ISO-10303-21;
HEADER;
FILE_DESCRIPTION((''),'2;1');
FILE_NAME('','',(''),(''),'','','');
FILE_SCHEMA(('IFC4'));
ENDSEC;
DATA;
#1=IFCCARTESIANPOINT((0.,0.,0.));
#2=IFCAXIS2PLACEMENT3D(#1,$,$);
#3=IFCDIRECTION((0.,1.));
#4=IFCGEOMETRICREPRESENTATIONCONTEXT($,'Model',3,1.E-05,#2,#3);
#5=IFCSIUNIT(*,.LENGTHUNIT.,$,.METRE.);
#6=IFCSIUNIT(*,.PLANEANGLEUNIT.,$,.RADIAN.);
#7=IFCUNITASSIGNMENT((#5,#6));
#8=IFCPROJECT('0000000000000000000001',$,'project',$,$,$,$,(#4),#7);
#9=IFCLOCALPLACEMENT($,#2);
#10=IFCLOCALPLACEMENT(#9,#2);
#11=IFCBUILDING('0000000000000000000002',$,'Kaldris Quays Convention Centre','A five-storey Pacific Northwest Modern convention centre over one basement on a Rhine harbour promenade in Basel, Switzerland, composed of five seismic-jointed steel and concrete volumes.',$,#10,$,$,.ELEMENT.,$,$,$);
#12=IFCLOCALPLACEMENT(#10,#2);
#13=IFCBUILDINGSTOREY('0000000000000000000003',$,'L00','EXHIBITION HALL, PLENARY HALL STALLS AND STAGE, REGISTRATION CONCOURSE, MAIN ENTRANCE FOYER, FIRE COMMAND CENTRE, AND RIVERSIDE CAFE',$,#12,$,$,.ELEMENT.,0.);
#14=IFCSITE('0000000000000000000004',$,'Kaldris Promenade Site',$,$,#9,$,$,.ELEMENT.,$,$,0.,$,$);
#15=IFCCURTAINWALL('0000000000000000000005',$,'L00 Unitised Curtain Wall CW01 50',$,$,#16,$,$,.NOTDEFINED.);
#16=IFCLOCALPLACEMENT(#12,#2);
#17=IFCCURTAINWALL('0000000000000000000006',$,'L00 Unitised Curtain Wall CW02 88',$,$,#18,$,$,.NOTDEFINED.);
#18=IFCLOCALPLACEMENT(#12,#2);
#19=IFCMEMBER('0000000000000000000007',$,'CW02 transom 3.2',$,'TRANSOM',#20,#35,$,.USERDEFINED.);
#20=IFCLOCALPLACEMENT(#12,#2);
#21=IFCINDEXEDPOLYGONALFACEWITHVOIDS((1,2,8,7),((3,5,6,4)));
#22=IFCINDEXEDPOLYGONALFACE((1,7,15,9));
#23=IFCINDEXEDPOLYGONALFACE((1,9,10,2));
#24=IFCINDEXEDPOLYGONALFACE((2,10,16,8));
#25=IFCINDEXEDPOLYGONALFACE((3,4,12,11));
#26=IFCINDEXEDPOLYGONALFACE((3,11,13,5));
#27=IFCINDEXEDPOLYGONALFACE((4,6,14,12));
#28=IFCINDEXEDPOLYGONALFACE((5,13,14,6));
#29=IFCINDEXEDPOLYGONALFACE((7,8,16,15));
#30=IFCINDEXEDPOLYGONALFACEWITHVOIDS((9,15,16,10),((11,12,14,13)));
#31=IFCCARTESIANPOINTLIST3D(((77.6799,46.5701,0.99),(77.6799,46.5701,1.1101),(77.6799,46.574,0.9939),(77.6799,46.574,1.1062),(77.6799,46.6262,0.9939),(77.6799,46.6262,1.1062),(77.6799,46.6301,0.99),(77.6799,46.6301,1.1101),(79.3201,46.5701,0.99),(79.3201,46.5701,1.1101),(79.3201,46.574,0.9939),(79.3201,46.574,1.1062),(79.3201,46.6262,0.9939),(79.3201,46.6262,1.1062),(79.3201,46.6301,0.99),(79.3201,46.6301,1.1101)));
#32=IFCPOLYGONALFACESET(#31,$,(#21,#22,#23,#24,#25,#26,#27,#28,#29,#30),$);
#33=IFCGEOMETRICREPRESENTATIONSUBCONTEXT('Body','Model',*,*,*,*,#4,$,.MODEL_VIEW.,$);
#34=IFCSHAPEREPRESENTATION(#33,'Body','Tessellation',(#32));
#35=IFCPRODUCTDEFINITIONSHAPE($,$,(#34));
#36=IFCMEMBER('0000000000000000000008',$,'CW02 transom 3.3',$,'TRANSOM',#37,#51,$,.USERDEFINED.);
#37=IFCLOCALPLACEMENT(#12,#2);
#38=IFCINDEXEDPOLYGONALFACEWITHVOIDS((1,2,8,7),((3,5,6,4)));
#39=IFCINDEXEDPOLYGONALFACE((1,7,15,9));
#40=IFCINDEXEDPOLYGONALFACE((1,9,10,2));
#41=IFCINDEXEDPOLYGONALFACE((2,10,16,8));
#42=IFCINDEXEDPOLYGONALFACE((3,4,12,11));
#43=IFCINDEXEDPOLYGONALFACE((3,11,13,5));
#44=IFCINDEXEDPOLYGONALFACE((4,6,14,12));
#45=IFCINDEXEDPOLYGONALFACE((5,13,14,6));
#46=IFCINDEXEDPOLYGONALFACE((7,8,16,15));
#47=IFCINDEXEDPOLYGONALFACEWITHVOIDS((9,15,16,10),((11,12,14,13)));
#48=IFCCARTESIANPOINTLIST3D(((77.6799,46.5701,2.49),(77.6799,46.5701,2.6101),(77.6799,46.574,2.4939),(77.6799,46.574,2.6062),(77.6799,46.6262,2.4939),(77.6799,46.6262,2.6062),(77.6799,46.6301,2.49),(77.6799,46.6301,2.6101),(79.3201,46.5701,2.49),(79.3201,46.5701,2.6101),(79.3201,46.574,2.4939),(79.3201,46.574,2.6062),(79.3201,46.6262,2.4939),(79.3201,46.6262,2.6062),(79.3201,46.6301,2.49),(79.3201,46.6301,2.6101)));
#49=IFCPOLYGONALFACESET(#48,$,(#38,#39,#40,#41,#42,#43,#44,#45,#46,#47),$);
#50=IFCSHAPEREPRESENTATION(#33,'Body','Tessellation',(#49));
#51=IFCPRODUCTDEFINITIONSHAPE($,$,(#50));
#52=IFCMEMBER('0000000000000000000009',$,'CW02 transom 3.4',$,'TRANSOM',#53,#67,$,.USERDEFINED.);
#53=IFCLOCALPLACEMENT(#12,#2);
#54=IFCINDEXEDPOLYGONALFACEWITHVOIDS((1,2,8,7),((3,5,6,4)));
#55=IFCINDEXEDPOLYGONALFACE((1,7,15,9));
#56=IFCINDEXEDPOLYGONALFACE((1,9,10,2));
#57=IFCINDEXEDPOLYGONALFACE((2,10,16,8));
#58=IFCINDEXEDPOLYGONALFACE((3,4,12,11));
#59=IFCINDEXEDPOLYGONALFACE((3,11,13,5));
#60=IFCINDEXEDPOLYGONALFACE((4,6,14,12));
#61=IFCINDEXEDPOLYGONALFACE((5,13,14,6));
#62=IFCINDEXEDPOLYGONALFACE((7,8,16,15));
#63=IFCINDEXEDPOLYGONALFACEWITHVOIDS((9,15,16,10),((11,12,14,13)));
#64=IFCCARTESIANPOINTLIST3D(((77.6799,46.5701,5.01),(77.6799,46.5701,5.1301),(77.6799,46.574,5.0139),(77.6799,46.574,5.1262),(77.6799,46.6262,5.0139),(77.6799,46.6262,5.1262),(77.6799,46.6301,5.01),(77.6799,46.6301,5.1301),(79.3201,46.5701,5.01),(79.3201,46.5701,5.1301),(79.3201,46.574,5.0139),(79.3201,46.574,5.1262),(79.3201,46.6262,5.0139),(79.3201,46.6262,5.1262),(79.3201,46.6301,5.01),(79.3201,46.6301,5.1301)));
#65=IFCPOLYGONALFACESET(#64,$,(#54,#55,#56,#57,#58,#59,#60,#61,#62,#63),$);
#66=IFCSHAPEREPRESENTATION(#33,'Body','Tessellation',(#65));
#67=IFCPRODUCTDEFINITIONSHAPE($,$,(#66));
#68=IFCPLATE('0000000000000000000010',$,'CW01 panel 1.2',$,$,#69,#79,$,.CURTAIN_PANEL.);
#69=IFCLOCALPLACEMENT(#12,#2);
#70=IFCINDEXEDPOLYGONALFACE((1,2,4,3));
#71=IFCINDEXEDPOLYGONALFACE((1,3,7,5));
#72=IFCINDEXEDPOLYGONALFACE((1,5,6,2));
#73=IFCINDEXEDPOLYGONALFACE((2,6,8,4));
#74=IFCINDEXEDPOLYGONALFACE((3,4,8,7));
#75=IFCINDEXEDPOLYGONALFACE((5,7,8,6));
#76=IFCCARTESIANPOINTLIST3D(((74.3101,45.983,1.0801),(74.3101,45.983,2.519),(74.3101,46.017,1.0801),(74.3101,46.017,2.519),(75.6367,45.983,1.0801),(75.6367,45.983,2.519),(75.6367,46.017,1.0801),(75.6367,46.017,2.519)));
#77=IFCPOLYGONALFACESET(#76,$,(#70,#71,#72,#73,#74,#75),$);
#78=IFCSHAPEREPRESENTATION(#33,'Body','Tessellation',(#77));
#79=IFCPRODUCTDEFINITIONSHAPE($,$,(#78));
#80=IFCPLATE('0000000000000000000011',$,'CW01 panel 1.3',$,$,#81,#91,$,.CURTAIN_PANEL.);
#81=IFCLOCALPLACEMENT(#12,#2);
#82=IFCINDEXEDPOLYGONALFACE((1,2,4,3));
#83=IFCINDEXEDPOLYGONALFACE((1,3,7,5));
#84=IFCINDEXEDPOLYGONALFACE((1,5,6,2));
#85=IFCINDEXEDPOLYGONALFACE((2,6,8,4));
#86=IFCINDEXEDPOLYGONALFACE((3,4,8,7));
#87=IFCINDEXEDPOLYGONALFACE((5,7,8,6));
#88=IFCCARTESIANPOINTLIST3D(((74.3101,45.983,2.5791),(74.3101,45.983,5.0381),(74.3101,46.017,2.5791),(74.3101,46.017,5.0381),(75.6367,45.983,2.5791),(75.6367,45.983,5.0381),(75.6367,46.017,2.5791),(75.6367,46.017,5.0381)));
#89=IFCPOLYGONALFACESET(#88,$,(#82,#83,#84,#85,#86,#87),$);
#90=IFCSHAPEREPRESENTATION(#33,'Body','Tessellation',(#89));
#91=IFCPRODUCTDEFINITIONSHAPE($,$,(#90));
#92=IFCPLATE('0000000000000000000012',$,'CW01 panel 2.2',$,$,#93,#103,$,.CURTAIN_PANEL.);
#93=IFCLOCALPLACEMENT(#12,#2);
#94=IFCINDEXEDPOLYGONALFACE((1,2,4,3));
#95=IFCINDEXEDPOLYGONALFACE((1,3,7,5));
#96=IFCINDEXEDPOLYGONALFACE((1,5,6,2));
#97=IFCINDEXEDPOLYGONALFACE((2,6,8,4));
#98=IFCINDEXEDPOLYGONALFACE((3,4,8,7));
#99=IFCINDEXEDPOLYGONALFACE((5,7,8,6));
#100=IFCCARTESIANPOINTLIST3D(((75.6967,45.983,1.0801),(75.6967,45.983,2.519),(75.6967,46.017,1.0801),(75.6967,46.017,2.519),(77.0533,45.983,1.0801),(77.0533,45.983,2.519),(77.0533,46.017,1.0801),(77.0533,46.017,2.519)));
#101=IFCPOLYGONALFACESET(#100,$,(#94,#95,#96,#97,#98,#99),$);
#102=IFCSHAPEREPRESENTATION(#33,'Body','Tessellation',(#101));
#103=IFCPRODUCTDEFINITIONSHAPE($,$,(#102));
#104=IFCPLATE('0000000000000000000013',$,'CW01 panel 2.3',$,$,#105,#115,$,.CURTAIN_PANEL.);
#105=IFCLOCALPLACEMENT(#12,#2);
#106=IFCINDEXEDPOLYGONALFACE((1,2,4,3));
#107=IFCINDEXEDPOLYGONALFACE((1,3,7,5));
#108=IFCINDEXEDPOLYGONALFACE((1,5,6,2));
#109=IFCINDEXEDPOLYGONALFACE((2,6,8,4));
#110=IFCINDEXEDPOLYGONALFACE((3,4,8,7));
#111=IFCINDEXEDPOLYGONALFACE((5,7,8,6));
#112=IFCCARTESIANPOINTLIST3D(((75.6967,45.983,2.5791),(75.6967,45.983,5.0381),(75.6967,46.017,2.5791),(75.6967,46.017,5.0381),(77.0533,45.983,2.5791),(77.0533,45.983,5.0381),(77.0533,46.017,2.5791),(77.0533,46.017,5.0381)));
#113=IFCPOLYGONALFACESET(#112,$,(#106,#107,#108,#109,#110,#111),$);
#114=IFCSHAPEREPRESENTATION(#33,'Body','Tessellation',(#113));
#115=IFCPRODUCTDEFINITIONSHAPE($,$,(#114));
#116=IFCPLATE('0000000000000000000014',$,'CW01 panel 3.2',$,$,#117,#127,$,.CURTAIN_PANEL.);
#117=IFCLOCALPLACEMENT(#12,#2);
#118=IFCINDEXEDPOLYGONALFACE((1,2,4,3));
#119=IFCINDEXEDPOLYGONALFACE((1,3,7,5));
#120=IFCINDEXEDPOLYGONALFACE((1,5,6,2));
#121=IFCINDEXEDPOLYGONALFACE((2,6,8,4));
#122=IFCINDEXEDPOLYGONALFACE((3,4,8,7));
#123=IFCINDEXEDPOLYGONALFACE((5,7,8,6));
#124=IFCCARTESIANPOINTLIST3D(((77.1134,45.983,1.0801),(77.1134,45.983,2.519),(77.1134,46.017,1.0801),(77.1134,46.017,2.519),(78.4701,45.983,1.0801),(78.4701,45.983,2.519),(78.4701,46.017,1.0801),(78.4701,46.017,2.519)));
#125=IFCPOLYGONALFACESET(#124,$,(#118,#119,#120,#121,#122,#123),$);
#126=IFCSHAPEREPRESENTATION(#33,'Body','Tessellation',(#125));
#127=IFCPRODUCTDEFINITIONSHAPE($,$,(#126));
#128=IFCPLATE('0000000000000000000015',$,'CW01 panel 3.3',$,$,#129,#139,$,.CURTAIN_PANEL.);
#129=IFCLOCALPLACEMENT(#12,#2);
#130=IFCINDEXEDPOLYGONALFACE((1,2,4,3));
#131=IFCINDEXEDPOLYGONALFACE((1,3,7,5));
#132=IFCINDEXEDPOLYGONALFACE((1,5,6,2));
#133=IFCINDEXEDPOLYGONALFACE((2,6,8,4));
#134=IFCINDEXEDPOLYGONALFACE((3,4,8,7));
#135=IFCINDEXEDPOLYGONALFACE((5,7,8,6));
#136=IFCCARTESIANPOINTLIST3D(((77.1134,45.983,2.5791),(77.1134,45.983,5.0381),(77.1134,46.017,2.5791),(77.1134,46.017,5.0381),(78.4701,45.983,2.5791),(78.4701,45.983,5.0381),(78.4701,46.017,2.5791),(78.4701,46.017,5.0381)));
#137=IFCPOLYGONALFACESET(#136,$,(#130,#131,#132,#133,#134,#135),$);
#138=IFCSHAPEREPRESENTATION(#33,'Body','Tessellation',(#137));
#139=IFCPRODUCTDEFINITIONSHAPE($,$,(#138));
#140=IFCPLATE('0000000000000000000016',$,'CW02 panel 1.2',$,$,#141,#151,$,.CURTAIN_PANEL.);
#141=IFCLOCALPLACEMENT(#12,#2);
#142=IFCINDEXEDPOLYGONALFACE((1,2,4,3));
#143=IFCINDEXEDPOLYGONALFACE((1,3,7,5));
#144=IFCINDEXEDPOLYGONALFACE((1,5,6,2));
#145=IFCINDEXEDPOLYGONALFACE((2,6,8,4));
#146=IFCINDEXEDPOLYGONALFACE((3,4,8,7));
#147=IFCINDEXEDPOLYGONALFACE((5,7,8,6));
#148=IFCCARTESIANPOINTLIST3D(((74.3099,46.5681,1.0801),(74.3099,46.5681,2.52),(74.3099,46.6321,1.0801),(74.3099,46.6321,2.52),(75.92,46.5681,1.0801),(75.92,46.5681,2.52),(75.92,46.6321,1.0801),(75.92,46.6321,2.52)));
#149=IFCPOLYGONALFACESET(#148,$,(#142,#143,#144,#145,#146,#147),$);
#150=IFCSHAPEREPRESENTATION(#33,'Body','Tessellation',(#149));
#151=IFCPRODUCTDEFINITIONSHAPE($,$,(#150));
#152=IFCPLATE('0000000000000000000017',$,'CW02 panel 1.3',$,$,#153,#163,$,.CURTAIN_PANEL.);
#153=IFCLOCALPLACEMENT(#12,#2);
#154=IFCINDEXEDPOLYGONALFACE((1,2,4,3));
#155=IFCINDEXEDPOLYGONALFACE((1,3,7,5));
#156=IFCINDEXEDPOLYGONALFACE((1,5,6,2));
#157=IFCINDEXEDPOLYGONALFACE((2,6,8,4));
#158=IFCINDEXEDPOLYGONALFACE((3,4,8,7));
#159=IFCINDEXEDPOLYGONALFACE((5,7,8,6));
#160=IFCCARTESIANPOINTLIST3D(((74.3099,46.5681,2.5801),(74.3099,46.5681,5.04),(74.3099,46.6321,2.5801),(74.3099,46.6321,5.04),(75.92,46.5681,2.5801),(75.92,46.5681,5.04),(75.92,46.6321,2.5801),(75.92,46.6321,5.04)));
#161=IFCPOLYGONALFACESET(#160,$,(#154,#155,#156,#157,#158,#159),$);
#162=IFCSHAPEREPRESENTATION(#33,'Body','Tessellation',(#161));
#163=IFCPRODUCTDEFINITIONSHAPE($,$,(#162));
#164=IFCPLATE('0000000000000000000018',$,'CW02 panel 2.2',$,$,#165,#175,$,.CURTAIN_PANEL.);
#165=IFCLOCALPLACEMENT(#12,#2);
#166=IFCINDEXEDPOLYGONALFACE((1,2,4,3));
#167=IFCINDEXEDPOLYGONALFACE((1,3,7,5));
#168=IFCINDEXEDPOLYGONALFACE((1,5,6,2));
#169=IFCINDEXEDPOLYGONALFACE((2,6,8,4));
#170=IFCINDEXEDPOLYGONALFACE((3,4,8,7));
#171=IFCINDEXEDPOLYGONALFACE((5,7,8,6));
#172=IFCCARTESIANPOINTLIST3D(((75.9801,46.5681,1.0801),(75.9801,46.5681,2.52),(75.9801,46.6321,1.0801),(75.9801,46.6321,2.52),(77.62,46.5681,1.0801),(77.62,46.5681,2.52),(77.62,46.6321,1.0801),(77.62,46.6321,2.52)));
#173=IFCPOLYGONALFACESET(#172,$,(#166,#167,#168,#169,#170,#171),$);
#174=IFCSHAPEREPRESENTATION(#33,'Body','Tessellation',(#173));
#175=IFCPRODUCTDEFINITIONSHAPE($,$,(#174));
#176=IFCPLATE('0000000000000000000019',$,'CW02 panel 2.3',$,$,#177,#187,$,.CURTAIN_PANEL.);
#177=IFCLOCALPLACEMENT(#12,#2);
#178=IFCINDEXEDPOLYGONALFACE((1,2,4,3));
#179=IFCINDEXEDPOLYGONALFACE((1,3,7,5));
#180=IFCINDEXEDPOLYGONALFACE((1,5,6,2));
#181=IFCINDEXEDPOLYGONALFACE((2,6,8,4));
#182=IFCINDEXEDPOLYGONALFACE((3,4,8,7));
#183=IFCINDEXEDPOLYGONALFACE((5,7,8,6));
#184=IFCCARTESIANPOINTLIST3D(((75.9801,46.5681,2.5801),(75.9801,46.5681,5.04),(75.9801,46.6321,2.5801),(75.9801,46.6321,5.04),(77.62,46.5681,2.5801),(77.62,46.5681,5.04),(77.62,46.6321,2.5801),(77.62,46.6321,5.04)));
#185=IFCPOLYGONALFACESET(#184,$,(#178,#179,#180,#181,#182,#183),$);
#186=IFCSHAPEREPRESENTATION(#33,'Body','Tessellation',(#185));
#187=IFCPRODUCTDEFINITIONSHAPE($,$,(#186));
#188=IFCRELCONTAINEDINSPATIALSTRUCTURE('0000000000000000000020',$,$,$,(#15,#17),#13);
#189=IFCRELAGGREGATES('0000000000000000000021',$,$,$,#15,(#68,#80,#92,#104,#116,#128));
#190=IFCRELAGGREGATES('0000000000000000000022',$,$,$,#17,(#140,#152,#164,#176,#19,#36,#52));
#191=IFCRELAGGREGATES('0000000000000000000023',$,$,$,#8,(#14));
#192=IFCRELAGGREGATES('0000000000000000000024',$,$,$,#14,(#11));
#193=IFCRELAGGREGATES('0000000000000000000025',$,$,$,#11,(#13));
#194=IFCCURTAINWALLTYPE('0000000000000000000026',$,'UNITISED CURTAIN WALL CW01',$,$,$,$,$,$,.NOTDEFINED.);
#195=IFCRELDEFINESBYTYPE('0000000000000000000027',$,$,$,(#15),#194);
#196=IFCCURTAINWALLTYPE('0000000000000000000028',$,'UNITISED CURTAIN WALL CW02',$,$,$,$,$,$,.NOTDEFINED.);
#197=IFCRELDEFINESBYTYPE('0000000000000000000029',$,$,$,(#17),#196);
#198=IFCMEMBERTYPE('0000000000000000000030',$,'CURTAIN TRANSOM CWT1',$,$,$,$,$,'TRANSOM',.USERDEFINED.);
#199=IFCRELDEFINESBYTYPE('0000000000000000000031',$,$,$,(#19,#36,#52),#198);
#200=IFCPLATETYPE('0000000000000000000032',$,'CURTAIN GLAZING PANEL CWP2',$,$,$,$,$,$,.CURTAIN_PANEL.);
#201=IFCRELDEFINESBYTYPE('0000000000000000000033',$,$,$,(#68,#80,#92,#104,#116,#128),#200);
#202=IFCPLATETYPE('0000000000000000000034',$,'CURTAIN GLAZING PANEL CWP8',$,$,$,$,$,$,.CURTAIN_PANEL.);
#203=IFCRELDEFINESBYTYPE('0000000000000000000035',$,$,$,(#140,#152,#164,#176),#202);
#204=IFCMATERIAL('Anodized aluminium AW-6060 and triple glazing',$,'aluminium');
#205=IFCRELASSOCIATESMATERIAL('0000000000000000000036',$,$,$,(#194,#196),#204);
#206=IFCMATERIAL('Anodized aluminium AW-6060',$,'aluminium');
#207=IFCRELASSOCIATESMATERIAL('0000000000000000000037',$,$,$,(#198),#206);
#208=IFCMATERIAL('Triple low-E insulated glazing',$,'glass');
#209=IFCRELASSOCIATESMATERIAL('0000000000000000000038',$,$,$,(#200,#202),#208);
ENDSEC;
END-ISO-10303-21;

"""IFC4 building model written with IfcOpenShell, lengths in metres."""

from ifc_helpers import new_model, si_unit, direction, frame, origin, origin_2d, place, context, subcontext, project, spatial, rectangle, hollow_rectangle, extrude, material, material_profile, profile_set, type_object, element, aggregate, save


model = new_model("IFC4")

# Units and contexts
model_context = context("Model", 3, precision=1e-05, world=origin(), true_north=direction((0.0, 1.0)))
body_context = subcontext(model_context, "Body", "Model", "MODEL_VIEW")
ifc_project = project(units=[si_unit("LENGTHUNIT", "METRE"), si_unit("PLANEANGLEUNIT", "RADIAN")], contexts=[model_context])

# Site, building, storey
site_placement = place(None, origin())
site = spatial("IfcSite", under=ifc_project, at=site_placement, Name="Kaldris Promenade Site", CompositionType="ELEMENT", RefElevation=0.0)
building_placement = place(site_placement, origin())
building = spatial("IfcBuilding", under=site, at=building_placement, Name="Kaldris Quays Convention Centre", Description="A five-storey Pacific Northwest Modern convention centre over one basement on a Rhine harbour promenade in Basel, Switzerland, composed of five seismic-jointed steel and concrete volumes.", CompositionType="ELEMENT")
storey_placement = place(building_placement, origin())
storey = spatial("IfcBuildingStorey", under=building, at=storey_placement, Name="L00", Description="EXHIBITION HALL, PLENARY HALL STALLS AND STAGE, REGISTRATION CONCOURSE, MAIN ENTRANCE FOYER, FIRE COMMAND CENTRE, AND RIVERSIDE CAFE", CompositionType="ELEMENT", Elevation=0.0)

# Curtain walls, members
ifc_material_1 = material(Name="Anodized aluminium AW-6060 and triple glazing", Category="aluminium")
curtain_wall_type_1 = type_object("IfcCurtainWallType", Name="UNITISED CURTAIN WALL CW01", PredefinedType="NOTDEFINED", material=ifc_material_1)
curtain_wall_1_placement = place(storey_placement, origin())
curtain_wall_1 = element("IfcCurtainWall", 1, at=curtain_wall_1_placement, inside=storey, type_object=curtain_wall_type_1, Name="L00 Unitised Curtain Wall CW01 50", PredefinedType="NOTDEFINED")
ifc_material_2 = material(Name="Anodized aluminium AW-6060", Category="aluminium")
ifc_material_profile = material_profile(ifc_material_2, hollow_rectangle(XDim=0.0601, YDim=0.1201, WallThickness=0.0039, at=origin_2d()), Name="RHS 120x60x4")
ifc_profile_set = profile_set([ifc_material_profile], Name="Anodized aluminium AW-6060")
member_type = type_object("IfcMemberType", Name="CURTAIN TRANSOM CWT1", ElementType="TRANSOM", PredefinedType="USERDEFINED", material=ifc_profile_set)
curtain_wall_type_2 = type_object("IfcCurtainWallType", Name="UNITISED CURTAIN WALL CW02", PredefinedType="NOTDEFINED", material=ifc_material_1)
curtain_wall_2_placement = place(storey_placement, origin())
curtain_wall_2 = element("IfcCurtainWall", 2, at=curtain_wall_2_placement, inside=storey, type_object=curtain_wall_type_2, Name="L00 Unitised Curtain Wall CW02 88", PredefinedType="NOTDEFINED")
member_1_placement = place(storey_placement, frame((77.6799, 46.6001, 1.05), z_axis=(1.0, 0.0, 0.0), x_axis=(0.0, 1.0, 0.0)))
member_1 = element("IfcMember", 3, at=member_1_placement, type_object=member_type, Name="CW02 transom 3.2", ObjectType="TRANSOM", PredefinedType="USERDEFINED", context=body_context, shape_type="SweptSolid", body=[
    extrude(hollow_rectangle(XDim=0.0601, YDim=0.1201, WallThickness=0.0039, at=origin_2d()), origin(), (0.0, 0.0, 1.0), 1.6401),
])
member_2_placement = place(storey_placement, frame((77.6799, 46.6001, 2.55), z_axis=(1.0, 0.0, 0.0), x_axis=(0.0, 1.0, 0.0)))
member_2 = element("IfcMember", 4, at=member_2_placement, type_object=member_type, Name="CW02 transom 3.3", ObjectType="TRANSOM", PredefinedType="USERDEFINED", context=body_context, shape_type="SweptSolid", body=[
    extrude(hollow_rectangle(XDim=0.0601, YDim=0.1201, WallThickness=0.0039, at=origin_2d()), origin(), (0.0, 0.0, 1.0), 1.6401),
])
member_3_placement = place(storey_placement, frame((77.6799, 46.6001, 5.0701), z_axis=(1.0, 0.0, 0.0), x_axis=(0.0, 1.0, 0.0)))
member_3 = element("IfcMember", 5, at=member_3_placement, type_object=member_type, Name="CW02 transom 3.4", ObjectType="TRANSOM", PredefinedType="USERDEFINED", context=body_context, shape_type="SweptSolid", body=[
    extrude(hollow_rectangle(XDim=0.0601, YDim=0.1201, WallThickness=0.0039, at=origin_2d()), origin(), (0.0, 0.0, 1.0), 1.6401),
])

# Plates
ifc_material_3 = material(Name="Triple low-E insulated glazing", Category="glass")
plate_type_1 = type_object("IfcPlateType", Name="CURTAIN GLAZING PANEL CWP2", PredefinedType="CURTAIN_PANEL", material=ifc_material_3)
plate_1_placement = place(storey_placement, frame((74.9734, 46.0, 1.0801), z_axis=(0.0, 0.0, 1.0), x_axis=(1.0, 0.0, 0.0)))
plate_1 = element("IfcPlate", 6, at=plate_1_placement, type_object=plate_type_1, Name="CW01 panel 1.2", PredefinedType="CURTAIN_PANEL", context=body_context, shape_type="SweptSolid", body=[
    extrude(rectangle(XDim=1.3267, YDim=0.0339, at=origin_2d()), origin(), (0.0, 0.0, 1.0), 1.439),
])
plate_2_placement = place(storey_placement, frame((74.9734, 46.0, 2.5791), z_axis=(0.0, 0.0, 1.0), x_axis=(1.0, 0.0, 0.0)))
plate_2 = element("IfcPlate", 7, at=plate_2_placement, type_object=plate_type_1, Name="CW01 panel 1.3", PredefinedType="CURTAIN_PANEL", context=body_context, shape_type="SweptSolid", body=[
    extrude(rectangle(XDim=1.3267, YDim=0.0339, at=origin_2d()), origin(), (0.0, 0.0, 1.0), 2.459),
])
plate_3_placement = place(storey_placement, frame((76.375, 46.0, 1.0801), z_axis=(0.0, 0.0, 1.0), x_axis=(1.0, 0.0, 0.0)))
plate_3 = element("IfcPlate", 8, at=plate_3_placement, type_object=plate_type_1, Name="CW01 panel 2.2", PredefinedType="CURTAIN_PANEL", context=body_context, shape_type="SweptSolid", body=[
    extrude(rectangle(XDim=1.3567, YDim=0.0339, at=origin_2d()), origin(), (0.0, 0.0, 1.0), 1.439),
])
plate_4_placement = place(storey_placement, frame((76.375, 46.0, 2.5791), z_axis=(0.0, 0.0, 1.0), x_axis=(1.0, 0.0, 0.0)))
plate_4 = element("IfcPlate", 9, at=plate_4_placement, type_object=plate_type_1, Name="CW01 panel 2.3", PredefinedType="CURTAIN_PANEL", context=body_context, shape_type="SweptSolid", body=[
    extrude(rectangle(XDim=1.3567, YDim=0.0339, at=origin_2d()), origin(), (0.0, 0.0, 1.0), 2.459),
])
plate_5_placement = place(storey_placement, frame((77.7917, 46.0, 1.0801), z_axis=(0.0, 0.0, 1.0), x_axis=(1.0, 0.0, 0.0)))
plate_5 = element("IfcPlate", 10, at=plate_5_placement, type_object=plate_type_1, Name="CW01 panel 3.2", PredefinedType="CURTAIN_PANEL", context=body_context, shape_type="SweptSolid", body=[
    extrude(rectangle(XDim=1.3567, YDim=0.0339, at=origin_2d()), origin(), (0.0, 0.0, 1.0), 1.439),
])
plate_6_placement = place(storey_placement, frame((77.7917, 46.0, 2.5791), z_axis=(0.0, 0.0, 1.0), x_axis=(1.0, 0.0, 0.0)))
plate_6 = element("IfcPlate", 11, at=plate_6_placement, type_object=plate_type_1, Name="CW01 panel 3.3", PredefinedType="CURTAIN_PANEL", context=body_context, shape_type="SweptSolid", body=[
    extrude(rectangle(XDim=1.3567, YDim=0.0339, at=origin_2d()), origin(), (0.0, 0.0, 1.0), 2.459),
])
aggregate(curtain_wall_1, [plate_1, plate_2, plate_3, plate_4, plate_5, plate_6])
plate_type_2 = type_object("IfcPlateType", Name="CURTAIN GLAZING PANEL CWP8", PredefinedType="CURTAIN_PANEL", material=ifc_material_3)
plate_7_placement = place(storey_placement, frame((75.115, 46.6001, 1.0801), z_axis=(0.0, 0.0, 1.0), x_axis=(1.0, 0.0, 0.0)))
plate_7 = element("IfcPlate", 12, at=plate_7_placement, type_object=plate_type_2, Name="CW02 panel 1.2", PredefinedType="CURTAIN_PANEL", context=body_context, shape_type="SweptSolid", body=[
    extrude(rectangle(XDim=1.6101, YDim=0.064, at=origin_2d()), origin(), (0.0, 0.0, 1.0), 1.4399),
])
plate_8_placement = place(storey_placement, frame((75.115, 46.6001, 2.5801), z_axis=(0.0, 0.0, 1.0), x_axis=(1.0, 0.0, 0.0)))
plate_8 = element("IfcPlate", 13, at=plate_8_placement, type_object=plate_type_2, Name="CW02 panel 1.3", PredefinedType="CURTAIN_PANEL", context=body_context, shape_type="SweptSolid", body=[
    extrude(rectangle(XDim=1.6101, YDim=0.064, at=origin_2d()), origin(), (0.0, 0.0, 1.0), 2.46),
])
plate_9_placement = place(storey_placement, frame((76.8, 46.6001, 1.0801), z_axis=(0.0, 0.0, 1.0), x_axis=(1.0, 0.0, 0.0)))
plate_9 = element("IfcPlate", 14, at=plate_9_placement, type_object=plate_type_2, Name="CW02 panel 2.2", PredefinedType="CURTAIN_PANEL", context=body_context, shape_type="SweptSolid", body=[
    extrude(rectangle(XDim=1.6399, YDim=0.064, at=origin_2d()), origin(), (0.0, 0.0, 1.0), 1.4399),
])
plate_10_placement = place(storey_placement, frame((76.8, 46.6001, 2.5801), z_axis=(0.0, 0.0, 1.0), x_axis=(1.0, 0.0, 0.0)))
plate_10 = element("IfcPlate", 15, at=plate_10_placement, type_object=plate_type_2, Name="CW02 panel 2.3", PredefinedType="CURTAIN_PANEL", context=body_context, shape_type="SweptSolid", body=[
    extrude(rectangle(XDim=1.6399, YDim=0.064, at=origin_2d()), origin(), (0.0, 0.0, 1.0), 2.46),
])
aggregate(curtain_wall_2, [plate_7, plate_8, plate_9, plate_10, member_1, member_2, member_3])

save(model, "model.ifc")
